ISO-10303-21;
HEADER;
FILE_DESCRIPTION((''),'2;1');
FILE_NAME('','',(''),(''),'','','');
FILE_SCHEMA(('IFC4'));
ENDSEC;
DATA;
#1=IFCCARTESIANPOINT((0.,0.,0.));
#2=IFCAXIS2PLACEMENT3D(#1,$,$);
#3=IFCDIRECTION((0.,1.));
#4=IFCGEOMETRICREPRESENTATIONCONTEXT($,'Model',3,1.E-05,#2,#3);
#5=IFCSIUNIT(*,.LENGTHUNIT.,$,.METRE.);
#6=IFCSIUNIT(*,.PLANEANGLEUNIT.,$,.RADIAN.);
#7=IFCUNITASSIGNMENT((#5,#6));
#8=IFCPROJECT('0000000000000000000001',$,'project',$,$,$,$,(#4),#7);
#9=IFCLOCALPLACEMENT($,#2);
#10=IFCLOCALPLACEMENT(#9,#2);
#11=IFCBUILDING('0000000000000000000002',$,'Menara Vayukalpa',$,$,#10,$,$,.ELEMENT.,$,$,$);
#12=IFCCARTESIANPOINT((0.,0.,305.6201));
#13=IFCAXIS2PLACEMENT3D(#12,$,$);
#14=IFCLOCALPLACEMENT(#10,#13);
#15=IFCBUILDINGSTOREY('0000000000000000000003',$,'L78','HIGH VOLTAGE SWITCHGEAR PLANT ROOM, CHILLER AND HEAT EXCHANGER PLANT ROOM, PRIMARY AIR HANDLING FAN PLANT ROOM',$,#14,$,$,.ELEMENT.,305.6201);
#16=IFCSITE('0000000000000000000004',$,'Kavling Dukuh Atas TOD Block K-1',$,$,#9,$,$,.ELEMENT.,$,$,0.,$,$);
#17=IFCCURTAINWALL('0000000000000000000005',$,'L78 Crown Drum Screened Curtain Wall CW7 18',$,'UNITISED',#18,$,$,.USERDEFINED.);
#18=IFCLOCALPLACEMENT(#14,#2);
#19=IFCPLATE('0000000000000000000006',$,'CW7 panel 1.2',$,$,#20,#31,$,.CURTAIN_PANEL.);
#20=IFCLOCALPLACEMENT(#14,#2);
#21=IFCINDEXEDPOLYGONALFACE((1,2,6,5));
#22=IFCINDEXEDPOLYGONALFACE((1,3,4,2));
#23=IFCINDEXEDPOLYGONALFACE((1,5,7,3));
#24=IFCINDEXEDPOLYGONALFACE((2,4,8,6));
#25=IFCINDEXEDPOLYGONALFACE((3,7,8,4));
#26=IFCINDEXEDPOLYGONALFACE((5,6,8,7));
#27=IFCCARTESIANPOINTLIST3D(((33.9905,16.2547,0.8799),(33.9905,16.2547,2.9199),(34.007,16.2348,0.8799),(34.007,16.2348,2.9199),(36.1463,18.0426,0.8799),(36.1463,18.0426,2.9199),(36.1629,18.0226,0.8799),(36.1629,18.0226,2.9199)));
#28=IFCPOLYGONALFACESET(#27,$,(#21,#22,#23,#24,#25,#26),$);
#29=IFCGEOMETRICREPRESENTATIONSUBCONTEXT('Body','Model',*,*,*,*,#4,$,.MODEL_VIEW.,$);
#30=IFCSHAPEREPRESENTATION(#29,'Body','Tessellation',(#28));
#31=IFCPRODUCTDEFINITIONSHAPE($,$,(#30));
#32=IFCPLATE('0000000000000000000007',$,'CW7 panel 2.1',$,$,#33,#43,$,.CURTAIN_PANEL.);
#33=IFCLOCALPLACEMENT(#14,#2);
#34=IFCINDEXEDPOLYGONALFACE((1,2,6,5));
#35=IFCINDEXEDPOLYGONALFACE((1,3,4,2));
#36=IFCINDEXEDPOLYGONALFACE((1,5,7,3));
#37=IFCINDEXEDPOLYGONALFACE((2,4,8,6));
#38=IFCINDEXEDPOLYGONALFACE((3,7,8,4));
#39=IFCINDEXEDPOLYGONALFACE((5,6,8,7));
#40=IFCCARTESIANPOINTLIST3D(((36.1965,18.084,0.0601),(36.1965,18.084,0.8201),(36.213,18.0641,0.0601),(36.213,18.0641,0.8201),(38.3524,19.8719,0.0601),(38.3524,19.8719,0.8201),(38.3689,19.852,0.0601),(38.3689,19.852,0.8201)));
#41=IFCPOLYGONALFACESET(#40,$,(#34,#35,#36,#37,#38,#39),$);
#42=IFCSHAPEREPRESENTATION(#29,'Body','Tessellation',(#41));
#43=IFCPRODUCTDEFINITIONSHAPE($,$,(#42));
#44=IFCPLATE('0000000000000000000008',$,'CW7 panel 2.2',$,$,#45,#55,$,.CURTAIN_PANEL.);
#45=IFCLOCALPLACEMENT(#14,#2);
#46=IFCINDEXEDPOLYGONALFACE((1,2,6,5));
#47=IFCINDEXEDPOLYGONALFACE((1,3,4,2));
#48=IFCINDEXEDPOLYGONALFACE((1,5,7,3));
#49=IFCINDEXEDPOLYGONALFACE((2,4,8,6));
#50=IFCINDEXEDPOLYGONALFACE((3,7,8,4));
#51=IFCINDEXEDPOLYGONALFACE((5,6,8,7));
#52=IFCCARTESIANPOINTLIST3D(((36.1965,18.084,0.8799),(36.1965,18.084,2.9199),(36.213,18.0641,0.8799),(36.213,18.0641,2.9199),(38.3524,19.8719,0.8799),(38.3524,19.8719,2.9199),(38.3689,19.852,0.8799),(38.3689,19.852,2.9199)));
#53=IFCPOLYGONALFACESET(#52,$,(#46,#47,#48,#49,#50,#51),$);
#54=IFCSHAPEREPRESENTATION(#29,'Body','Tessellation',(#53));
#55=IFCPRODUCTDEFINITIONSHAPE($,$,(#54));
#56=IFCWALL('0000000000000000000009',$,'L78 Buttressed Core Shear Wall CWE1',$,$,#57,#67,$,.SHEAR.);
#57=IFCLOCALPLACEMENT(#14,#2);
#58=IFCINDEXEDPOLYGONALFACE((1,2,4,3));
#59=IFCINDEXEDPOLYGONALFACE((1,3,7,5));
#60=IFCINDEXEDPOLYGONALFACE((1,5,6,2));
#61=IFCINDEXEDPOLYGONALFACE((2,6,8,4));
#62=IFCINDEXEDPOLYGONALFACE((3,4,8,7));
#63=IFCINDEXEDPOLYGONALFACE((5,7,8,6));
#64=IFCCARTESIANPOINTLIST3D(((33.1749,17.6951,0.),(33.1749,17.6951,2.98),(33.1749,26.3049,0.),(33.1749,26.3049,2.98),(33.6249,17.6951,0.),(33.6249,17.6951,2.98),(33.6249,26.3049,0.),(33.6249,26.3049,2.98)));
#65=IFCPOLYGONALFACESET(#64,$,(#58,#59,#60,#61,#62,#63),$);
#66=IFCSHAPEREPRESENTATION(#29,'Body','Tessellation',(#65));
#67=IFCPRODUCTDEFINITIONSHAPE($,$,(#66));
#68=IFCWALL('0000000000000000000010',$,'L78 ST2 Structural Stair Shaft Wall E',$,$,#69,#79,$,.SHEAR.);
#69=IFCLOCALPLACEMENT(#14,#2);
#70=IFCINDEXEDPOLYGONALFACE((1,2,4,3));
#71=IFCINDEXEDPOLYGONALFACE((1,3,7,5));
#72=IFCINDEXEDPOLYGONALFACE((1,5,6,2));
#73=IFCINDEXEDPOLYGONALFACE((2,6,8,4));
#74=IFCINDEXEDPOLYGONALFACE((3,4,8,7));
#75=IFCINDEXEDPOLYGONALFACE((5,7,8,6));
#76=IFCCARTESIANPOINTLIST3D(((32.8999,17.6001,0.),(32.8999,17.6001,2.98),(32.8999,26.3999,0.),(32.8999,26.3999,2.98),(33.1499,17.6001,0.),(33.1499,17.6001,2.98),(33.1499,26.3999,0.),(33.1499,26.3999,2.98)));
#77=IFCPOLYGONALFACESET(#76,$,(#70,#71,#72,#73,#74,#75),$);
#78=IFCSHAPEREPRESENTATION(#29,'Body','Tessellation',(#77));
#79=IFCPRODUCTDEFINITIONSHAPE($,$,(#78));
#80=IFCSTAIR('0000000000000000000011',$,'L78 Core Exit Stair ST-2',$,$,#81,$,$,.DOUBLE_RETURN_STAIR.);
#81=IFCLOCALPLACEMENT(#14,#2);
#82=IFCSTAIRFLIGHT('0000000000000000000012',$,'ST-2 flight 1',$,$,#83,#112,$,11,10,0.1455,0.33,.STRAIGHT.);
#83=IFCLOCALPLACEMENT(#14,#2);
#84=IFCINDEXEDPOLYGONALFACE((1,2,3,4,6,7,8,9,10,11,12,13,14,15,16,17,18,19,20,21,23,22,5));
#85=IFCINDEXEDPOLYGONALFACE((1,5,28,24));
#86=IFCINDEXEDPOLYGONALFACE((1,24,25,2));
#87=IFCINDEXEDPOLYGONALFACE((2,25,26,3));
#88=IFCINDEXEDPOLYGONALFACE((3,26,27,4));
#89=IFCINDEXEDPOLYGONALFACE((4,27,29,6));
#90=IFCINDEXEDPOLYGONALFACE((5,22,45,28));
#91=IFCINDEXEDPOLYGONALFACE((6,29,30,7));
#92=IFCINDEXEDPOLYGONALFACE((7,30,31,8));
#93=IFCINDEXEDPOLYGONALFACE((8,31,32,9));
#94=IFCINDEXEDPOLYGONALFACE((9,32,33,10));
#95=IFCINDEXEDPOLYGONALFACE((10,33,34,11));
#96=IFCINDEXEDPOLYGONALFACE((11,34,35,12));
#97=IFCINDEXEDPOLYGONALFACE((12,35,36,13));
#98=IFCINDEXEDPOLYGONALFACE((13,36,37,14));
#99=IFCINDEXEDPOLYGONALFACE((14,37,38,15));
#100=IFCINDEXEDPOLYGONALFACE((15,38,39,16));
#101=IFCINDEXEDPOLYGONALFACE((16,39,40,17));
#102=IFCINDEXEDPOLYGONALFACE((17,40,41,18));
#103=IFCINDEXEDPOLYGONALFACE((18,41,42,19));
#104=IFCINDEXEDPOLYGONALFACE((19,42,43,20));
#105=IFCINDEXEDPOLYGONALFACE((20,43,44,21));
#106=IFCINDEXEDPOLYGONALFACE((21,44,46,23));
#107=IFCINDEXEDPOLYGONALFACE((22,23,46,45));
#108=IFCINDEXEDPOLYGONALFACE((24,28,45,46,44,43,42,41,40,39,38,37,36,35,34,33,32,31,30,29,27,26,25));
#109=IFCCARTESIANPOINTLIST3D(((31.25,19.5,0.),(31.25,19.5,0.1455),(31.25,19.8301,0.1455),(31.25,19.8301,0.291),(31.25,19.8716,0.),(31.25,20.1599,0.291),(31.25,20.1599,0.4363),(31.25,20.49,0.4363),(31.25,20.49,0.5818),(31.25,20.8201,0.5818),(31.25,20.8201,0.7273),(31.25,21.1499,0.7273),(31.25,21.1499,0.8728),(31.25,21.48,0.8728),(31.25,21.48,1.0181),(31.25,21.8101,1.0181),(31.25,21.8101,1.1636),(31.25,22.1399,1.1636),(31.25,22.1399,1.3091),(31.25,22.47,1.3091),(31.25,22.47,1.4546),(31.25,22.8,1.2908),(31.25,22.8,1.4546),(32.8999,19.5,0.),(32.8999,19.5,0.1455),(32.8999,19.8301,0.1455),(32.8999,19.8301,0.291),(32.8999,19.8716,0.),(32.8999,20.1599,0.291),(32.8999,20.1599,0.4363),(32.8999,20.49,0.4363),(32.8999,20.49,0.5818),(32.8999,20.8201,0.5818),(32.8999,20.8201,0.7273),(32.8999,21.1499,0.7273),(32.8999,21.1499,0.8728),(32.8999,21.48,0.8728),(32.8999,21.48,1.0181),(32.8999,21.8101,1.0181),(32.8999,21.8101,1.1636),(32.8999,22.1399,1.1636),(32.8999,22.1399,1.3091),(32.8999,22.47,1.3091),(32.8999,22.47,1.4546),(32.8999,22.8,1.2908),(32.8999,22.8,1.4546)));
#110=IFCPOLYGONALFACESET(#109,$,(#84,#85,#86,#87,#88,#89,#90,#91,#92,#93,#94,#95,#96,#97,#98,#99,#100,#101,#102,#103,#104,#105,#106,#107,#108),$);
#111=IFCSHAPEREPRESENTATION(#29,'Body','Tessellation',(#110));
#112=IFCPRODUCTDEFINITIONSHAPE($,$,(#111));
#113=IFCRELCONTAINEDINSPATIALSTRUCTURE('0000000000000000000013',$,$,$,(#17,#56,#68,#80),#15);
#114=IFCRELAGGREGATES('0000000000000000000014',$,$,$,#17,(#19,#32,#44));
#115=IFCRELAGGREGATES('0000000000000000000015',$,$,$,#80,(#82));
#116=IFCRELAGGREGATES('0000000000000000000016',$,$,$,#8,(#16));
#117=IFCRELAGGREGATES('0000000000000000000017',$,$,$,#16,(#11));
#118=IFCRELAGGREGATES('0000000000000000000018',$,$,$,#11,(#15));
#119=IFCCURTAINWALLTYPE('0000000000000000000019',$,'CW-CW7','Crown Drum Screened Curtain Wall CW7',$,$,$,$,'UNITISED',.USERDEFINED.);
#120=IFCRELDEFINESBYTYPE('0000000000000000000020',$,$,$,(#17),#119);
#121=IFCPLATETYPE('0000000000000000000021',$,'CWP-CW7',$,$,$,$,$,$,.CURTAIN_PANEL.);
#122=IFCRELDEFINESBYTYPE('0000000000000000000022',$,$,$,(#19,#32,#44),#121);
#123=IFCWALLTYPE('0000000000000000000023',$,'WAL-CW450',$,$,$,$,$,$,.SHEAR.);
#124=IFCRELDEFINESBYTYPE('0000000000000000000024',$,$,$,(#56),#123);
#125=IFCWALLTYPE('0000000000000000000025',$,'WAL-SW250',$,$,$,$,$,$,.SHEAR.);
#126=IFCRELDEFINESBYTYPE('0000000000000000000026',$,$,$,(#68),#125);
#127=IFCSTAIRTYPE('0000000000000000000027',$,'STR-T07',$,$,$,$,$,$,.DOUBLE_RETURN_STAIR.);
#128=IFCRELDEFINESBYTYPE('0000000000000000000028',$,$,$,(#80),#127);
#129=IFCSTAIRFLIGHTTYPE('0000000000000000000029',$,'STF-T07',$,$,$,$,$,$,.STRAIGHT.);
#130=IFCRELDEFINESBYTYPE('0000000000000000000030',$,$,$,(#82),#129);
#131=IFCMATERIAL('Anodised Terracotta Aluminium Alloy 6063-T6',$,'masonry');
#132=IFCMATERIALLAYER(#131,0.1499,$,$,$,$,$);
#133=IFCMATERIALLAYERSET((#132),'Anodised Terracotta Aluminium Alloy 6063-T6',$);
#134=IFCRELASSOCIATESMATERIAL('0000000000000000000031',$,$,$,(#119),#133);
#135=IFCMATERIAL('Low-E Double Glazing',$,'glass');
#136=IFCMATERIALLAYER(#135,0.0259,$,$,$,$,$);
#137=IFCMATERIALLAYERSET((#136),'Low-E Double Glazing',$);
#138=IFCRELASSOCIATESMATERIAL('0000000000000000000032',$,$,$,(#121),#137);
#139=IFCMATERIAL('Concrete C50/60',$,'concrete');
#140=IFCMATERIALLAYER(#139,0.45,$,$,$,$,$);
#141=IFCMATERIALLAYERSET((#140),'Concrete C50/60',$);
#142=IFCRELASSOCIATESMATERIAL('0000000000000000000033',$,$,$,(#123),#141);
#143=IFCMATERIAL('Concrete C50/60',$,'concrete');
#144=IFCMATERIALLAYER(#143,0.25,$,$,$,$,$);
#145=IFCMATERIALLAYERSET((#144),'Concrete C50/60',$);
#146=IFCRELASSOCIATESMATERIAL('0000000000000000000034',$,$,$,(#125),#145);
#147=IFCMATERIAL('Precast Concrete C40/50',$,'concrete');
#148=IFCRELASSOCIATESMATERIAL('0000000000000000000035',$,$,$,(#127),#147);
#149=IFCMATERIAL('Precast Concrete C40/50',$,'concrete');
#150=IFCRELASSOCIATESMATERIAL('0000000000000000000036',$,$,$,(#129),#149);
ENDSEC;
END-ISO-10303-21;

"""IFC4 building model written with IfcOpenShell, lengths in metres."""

from ifc_helpers import new_model, si_unit, direction, frame, frame_2d, origin, origin_2d, place, context, subcontext, project, spatial, polyline, rectangle, outline, extrude, material, layer, layer_set, type_object, element, aggregate, save


model = new_model("IFC4")

# Units and contexts
model_context = context("Model", 3, precision=1e-05, world=origin(), true_north=direction((0.0, 1.0)))
body_context = subcontext(model_context, "Body", "Model", "MODEL_VIEW")
ifc_project = project(units=[si_unit("LENGTHUNIT", "METRE"), si_unit("PLANEANGLEUNIT", "RADIAN")], contexts=[model_context])

# Site, building, storey
site_placement = place(None, origin())
site = spatial("IfcSite", under=ifc_project, at=site_placement, Name="Kavling Dukuh Atas TOD Block K-1", CompositionType="ELEMENT", RefElevation=0.0)
building_placement = place(site_placement, origin())
building = spatial("IfcBuilding", under=site, at=building_placement, Name="Menara Vayukalpa", CompositionType="ELEMENT")
storey_placement = place(building_placement, frame((0.0, 0.0, 305.6201)))
storey = spatial("IfcBuildingStorey", under=building, at=storey_placement, Name="L78", Description="HIGH VOLTAGE SWITCHGEAR PLANT ROOM, CHILLER AND HEAT EXCHANGER PLANT ROOM, PRIMARY AIR HANDLING FAN PLANT ROOM", CompositionType="ELEMENT", Elevation=305.6201)

# Curtain wall
ifc_material_1 = material(Name="Anodised Terracotta Aluminium Alloy 6063-T6", Category="masonry")
ifc_layer_1 = layer(ifc_material_1, 0.1499)
ifc_layer_set_1 = layer_set([ifc_layer_1], Name="Anodised Terracotta Aluminium Alloy 6063-T6")
curtain_wall_type = type_object("IfcCurtainWallType", Name="CW-CW7", Description="Crown Drum Screened Curtain Wall CW7", ElementType="UNITISED", PredefinedType="USERDEFINED", material=ifc_layer_set_1)
curtain_wall_1_placement = place(storey_placement, origin())
curtain_wall_1 = element("IfcCurtainWall", 1, at=curtain_wall_1_placement, inside=storey, type_object=curtain_wall_type, Name="L78 Crown Drum Screened Curtain Wall CW7 18", ObjectType="UNITISED", PredefinedType="USERDEFINED")

# Plates
ifc_material_2 = material(Name="Low-E Double Glazing", Category="glass")
ifc_layer_2 = layer(ifc_material_2, 0.0259)
ifc_layer_set_2 = layer_set([ifc_layer_2], Name="Low-E Double Glazing")
plate_type = type_object("IfcPlateType", Name="CWP-CW7", PredefinedType="CURTAIN_PANEL", material=ifc_layer_set_2)
plate_1_placement = place(storey_placement, frame((35.0767, 17.1387, 0.8799), z_axis=(0.0, 0.0, 1.0), x_axis=(0.769749, 0.638347, 0.0)))
plate_1 = element("IfcPlate", 2, at=plate_1_placement, type_object=plate_type, Name="CW7 panel 1.2", PredefinedType="CURTAIN_PANEL", context=body_context, shape_type="SweptSolid", body=[
    extrude(rectangle(XDim=2.8008, YDim=0.0259, at=origin_2d()), origin(), (0.0, 0.0, 1.0), 2.04),
])
plate_2_placement = place(storey_placement, frame((37.2827, 18.968, 0.0601), z_axis=(0.0, 0.0, 1.0), x_axis=(0.769749, 0.638347, 0.0)))
plate_2 = element("IfcPlate", 3, at=plate_2_placement, type_object=plate_type, Name="CW7 panel 2.1", PredefinedType="CURTAIN_PANEL", context=body_context, shape_type="SweptSolid", body=[
    extrude(rectangle(XDim=2.8008, YDim=0.0259, at=origin_2d()), origin(), (0.0, 0.0, 1.0), 0.76),
])
plate_3_placement = place(storey_placement, frame((37.2827, 18.968, 0.8799), z_axis=(0.0, 0.0, 1.0), x_axis=(0.769749, 0.638347, 0.0)))
plate_3 = element("IfcPlate", 4, at=plate_3_placement, type_object=plate_type, Name="CW7 panel 2.2", PredefinedType="CURTAIN_PANEL", context=body_context, shape_type="SweptSolid", body=[
    extrude(rectangle(XDim=2.8008, YDim=0.0259, at=origin_2d()), origin(), (0.0, 0.0, 1.0), 2.04),
])
aggregate(curtain_wall_1, [plate_1, plate_2, plate_3])

# Walls
ifc_material_3 = material(Name="Concrete C50/60", Category="concrete")
ifc_layer_3 = layer(ifc_material_3, 0.45)
ifc_layer_set_3 = layer_set([ifc_layer_3], Name="Concrete C50/60")
wall_type_1 = type_object("IfcWallType", Name="WAL-CW450", PredefinedType="SHEAR", material=ifc_layer_set_3)
wall_1_placement = place(storey_placement, frame((33.3999, 17.6951, 0.0), z_axis=(0.0, 0.0, 1.0), x_axis=(0.0, 1.0, 0.0)))
element("IfcWall", 5, at=wall_1_placement, inside=storey, type_object=wall_type_1, Name="L78 Buttressed Core Shear Wall CWE1", PredefinedType="SHEAR", context=body_context, shape_type="SweptSolid", body=[
    extrude(rectangle(XDim=8.6099, YDim=0.45, at=frame_2d((4.3049, 0.0))), origin(), (0.0, 0.0, 1.0), 2.98),
])
ifc_material_4 = material(Name="Concrete C50/60", Category="concrete")
ifc_layer_4 = layer(ifc_material_4, 0.25)
ifc_layer_set_4 = layer_set([ifc_layer_4], Name="Concrete C50/60")
wall_type_2 = type_object("IfcWallType", Name="WAL-SW250", PredefinedType="SHEAR", material=ifc_layer_set_4)
wall_2_placement = place(storey_placement, frame((33.0249, 17.6001, 0.0), z_axis=(0.0, 0.0, 1.0), x_axis=(0.0, 1.0, 0.0)))
element("IfcWall", 6, at=wall_2_placement, inside=storey, type_object=wall_type_2, Name="L78 ST2 Structural Stair Shaft Wall E", PredefinedType="SHEAR", context=body_context, shape_type="SweptSolid", body=[
    extrude(rectangle(XDim=8.7998, YDim=0.25, at=frame_2d((4.3999, 0.0))), origin(), (0.0, 0.0, 1.0), 2.98),
])

# Stair, stair flight
ifc_material_5 = material(Name="Precast Concrete C40/50", Category="concrete")
stair_type = type_object("IfcStairType", Name="STR-T07", PredefinedType="DOUBLE_RETURN_STAIR", material=ifc_material_5)
stair_placement = place(storey_placement, origin())
stair = element("IfcStair", 7, at=stair_placement, inside=storey, type_object=stair_type, Name="L78 Core Exit Stair ST-2", PredefinedType="DOUBLE_RETURN_STAIR")
ifc_material_6 = material(Name="Precast Concrete C40/50", Category="concrete")
stair_flight_type = type_object("IfcStairFlightType", Name="STF-T07", PredefinedType="STRAIGHT", material=ifc_material_6)
stair_flight_placement = place(storey_placement, frame((32.075, 19.5, 0.0), z_axis=(0.0, 0.0, 1.0), x_axis=(0.0, 1.0, 0.0)))
stair_flight = element("IfcStairFlight", 8, at=stair_flight_placement, type_object=stair_flight_type, Name="ST-2 flight 1", NumberOfRisers=11, NumberOfTreads=10, PredefinedType="STRAIGHT", RiserHeight=0.1455, TreadLength=0.33, context=body_context, shape_type="SweptSolid", body=[
    extrude(outline(polyline([(0.0, 0.0), (0.0, 0.1455), (0.3301, 0.1455), (0.3301, 0.291), (0.6599, 0.291), (0.6599, 0.4363), (0.99, 0.4363), (0.99, 0.5818), (1.3201, 0.5818), (1.3201, 0.7273), (1.6499, 0.7273), (1.6499, 0.8728), (1.98, 0.8728), (1.98, 1.0181), (2.3101, 1.0181), (2.3101, 1.1636), (2.6399, 1.1636), (2.6399, 1.3091), (2.97, 1.3091), (2.97, 1.4546), (3.3, 1.4546), (3.3, 1.6001), (3.3, 1.2908), (0.3716, 0.0), (0.0, 0.0)])), frame((0.0, 0.825, 0.0), z_axis=(0.0, -1.0, 0.0), x_axis=(1.0, 0.0, 0.0)), (0.0, 0.0, 1.0), 1.6499),
])
aggregate(stair, [stair_flight])

save(model, "model.ifc")
